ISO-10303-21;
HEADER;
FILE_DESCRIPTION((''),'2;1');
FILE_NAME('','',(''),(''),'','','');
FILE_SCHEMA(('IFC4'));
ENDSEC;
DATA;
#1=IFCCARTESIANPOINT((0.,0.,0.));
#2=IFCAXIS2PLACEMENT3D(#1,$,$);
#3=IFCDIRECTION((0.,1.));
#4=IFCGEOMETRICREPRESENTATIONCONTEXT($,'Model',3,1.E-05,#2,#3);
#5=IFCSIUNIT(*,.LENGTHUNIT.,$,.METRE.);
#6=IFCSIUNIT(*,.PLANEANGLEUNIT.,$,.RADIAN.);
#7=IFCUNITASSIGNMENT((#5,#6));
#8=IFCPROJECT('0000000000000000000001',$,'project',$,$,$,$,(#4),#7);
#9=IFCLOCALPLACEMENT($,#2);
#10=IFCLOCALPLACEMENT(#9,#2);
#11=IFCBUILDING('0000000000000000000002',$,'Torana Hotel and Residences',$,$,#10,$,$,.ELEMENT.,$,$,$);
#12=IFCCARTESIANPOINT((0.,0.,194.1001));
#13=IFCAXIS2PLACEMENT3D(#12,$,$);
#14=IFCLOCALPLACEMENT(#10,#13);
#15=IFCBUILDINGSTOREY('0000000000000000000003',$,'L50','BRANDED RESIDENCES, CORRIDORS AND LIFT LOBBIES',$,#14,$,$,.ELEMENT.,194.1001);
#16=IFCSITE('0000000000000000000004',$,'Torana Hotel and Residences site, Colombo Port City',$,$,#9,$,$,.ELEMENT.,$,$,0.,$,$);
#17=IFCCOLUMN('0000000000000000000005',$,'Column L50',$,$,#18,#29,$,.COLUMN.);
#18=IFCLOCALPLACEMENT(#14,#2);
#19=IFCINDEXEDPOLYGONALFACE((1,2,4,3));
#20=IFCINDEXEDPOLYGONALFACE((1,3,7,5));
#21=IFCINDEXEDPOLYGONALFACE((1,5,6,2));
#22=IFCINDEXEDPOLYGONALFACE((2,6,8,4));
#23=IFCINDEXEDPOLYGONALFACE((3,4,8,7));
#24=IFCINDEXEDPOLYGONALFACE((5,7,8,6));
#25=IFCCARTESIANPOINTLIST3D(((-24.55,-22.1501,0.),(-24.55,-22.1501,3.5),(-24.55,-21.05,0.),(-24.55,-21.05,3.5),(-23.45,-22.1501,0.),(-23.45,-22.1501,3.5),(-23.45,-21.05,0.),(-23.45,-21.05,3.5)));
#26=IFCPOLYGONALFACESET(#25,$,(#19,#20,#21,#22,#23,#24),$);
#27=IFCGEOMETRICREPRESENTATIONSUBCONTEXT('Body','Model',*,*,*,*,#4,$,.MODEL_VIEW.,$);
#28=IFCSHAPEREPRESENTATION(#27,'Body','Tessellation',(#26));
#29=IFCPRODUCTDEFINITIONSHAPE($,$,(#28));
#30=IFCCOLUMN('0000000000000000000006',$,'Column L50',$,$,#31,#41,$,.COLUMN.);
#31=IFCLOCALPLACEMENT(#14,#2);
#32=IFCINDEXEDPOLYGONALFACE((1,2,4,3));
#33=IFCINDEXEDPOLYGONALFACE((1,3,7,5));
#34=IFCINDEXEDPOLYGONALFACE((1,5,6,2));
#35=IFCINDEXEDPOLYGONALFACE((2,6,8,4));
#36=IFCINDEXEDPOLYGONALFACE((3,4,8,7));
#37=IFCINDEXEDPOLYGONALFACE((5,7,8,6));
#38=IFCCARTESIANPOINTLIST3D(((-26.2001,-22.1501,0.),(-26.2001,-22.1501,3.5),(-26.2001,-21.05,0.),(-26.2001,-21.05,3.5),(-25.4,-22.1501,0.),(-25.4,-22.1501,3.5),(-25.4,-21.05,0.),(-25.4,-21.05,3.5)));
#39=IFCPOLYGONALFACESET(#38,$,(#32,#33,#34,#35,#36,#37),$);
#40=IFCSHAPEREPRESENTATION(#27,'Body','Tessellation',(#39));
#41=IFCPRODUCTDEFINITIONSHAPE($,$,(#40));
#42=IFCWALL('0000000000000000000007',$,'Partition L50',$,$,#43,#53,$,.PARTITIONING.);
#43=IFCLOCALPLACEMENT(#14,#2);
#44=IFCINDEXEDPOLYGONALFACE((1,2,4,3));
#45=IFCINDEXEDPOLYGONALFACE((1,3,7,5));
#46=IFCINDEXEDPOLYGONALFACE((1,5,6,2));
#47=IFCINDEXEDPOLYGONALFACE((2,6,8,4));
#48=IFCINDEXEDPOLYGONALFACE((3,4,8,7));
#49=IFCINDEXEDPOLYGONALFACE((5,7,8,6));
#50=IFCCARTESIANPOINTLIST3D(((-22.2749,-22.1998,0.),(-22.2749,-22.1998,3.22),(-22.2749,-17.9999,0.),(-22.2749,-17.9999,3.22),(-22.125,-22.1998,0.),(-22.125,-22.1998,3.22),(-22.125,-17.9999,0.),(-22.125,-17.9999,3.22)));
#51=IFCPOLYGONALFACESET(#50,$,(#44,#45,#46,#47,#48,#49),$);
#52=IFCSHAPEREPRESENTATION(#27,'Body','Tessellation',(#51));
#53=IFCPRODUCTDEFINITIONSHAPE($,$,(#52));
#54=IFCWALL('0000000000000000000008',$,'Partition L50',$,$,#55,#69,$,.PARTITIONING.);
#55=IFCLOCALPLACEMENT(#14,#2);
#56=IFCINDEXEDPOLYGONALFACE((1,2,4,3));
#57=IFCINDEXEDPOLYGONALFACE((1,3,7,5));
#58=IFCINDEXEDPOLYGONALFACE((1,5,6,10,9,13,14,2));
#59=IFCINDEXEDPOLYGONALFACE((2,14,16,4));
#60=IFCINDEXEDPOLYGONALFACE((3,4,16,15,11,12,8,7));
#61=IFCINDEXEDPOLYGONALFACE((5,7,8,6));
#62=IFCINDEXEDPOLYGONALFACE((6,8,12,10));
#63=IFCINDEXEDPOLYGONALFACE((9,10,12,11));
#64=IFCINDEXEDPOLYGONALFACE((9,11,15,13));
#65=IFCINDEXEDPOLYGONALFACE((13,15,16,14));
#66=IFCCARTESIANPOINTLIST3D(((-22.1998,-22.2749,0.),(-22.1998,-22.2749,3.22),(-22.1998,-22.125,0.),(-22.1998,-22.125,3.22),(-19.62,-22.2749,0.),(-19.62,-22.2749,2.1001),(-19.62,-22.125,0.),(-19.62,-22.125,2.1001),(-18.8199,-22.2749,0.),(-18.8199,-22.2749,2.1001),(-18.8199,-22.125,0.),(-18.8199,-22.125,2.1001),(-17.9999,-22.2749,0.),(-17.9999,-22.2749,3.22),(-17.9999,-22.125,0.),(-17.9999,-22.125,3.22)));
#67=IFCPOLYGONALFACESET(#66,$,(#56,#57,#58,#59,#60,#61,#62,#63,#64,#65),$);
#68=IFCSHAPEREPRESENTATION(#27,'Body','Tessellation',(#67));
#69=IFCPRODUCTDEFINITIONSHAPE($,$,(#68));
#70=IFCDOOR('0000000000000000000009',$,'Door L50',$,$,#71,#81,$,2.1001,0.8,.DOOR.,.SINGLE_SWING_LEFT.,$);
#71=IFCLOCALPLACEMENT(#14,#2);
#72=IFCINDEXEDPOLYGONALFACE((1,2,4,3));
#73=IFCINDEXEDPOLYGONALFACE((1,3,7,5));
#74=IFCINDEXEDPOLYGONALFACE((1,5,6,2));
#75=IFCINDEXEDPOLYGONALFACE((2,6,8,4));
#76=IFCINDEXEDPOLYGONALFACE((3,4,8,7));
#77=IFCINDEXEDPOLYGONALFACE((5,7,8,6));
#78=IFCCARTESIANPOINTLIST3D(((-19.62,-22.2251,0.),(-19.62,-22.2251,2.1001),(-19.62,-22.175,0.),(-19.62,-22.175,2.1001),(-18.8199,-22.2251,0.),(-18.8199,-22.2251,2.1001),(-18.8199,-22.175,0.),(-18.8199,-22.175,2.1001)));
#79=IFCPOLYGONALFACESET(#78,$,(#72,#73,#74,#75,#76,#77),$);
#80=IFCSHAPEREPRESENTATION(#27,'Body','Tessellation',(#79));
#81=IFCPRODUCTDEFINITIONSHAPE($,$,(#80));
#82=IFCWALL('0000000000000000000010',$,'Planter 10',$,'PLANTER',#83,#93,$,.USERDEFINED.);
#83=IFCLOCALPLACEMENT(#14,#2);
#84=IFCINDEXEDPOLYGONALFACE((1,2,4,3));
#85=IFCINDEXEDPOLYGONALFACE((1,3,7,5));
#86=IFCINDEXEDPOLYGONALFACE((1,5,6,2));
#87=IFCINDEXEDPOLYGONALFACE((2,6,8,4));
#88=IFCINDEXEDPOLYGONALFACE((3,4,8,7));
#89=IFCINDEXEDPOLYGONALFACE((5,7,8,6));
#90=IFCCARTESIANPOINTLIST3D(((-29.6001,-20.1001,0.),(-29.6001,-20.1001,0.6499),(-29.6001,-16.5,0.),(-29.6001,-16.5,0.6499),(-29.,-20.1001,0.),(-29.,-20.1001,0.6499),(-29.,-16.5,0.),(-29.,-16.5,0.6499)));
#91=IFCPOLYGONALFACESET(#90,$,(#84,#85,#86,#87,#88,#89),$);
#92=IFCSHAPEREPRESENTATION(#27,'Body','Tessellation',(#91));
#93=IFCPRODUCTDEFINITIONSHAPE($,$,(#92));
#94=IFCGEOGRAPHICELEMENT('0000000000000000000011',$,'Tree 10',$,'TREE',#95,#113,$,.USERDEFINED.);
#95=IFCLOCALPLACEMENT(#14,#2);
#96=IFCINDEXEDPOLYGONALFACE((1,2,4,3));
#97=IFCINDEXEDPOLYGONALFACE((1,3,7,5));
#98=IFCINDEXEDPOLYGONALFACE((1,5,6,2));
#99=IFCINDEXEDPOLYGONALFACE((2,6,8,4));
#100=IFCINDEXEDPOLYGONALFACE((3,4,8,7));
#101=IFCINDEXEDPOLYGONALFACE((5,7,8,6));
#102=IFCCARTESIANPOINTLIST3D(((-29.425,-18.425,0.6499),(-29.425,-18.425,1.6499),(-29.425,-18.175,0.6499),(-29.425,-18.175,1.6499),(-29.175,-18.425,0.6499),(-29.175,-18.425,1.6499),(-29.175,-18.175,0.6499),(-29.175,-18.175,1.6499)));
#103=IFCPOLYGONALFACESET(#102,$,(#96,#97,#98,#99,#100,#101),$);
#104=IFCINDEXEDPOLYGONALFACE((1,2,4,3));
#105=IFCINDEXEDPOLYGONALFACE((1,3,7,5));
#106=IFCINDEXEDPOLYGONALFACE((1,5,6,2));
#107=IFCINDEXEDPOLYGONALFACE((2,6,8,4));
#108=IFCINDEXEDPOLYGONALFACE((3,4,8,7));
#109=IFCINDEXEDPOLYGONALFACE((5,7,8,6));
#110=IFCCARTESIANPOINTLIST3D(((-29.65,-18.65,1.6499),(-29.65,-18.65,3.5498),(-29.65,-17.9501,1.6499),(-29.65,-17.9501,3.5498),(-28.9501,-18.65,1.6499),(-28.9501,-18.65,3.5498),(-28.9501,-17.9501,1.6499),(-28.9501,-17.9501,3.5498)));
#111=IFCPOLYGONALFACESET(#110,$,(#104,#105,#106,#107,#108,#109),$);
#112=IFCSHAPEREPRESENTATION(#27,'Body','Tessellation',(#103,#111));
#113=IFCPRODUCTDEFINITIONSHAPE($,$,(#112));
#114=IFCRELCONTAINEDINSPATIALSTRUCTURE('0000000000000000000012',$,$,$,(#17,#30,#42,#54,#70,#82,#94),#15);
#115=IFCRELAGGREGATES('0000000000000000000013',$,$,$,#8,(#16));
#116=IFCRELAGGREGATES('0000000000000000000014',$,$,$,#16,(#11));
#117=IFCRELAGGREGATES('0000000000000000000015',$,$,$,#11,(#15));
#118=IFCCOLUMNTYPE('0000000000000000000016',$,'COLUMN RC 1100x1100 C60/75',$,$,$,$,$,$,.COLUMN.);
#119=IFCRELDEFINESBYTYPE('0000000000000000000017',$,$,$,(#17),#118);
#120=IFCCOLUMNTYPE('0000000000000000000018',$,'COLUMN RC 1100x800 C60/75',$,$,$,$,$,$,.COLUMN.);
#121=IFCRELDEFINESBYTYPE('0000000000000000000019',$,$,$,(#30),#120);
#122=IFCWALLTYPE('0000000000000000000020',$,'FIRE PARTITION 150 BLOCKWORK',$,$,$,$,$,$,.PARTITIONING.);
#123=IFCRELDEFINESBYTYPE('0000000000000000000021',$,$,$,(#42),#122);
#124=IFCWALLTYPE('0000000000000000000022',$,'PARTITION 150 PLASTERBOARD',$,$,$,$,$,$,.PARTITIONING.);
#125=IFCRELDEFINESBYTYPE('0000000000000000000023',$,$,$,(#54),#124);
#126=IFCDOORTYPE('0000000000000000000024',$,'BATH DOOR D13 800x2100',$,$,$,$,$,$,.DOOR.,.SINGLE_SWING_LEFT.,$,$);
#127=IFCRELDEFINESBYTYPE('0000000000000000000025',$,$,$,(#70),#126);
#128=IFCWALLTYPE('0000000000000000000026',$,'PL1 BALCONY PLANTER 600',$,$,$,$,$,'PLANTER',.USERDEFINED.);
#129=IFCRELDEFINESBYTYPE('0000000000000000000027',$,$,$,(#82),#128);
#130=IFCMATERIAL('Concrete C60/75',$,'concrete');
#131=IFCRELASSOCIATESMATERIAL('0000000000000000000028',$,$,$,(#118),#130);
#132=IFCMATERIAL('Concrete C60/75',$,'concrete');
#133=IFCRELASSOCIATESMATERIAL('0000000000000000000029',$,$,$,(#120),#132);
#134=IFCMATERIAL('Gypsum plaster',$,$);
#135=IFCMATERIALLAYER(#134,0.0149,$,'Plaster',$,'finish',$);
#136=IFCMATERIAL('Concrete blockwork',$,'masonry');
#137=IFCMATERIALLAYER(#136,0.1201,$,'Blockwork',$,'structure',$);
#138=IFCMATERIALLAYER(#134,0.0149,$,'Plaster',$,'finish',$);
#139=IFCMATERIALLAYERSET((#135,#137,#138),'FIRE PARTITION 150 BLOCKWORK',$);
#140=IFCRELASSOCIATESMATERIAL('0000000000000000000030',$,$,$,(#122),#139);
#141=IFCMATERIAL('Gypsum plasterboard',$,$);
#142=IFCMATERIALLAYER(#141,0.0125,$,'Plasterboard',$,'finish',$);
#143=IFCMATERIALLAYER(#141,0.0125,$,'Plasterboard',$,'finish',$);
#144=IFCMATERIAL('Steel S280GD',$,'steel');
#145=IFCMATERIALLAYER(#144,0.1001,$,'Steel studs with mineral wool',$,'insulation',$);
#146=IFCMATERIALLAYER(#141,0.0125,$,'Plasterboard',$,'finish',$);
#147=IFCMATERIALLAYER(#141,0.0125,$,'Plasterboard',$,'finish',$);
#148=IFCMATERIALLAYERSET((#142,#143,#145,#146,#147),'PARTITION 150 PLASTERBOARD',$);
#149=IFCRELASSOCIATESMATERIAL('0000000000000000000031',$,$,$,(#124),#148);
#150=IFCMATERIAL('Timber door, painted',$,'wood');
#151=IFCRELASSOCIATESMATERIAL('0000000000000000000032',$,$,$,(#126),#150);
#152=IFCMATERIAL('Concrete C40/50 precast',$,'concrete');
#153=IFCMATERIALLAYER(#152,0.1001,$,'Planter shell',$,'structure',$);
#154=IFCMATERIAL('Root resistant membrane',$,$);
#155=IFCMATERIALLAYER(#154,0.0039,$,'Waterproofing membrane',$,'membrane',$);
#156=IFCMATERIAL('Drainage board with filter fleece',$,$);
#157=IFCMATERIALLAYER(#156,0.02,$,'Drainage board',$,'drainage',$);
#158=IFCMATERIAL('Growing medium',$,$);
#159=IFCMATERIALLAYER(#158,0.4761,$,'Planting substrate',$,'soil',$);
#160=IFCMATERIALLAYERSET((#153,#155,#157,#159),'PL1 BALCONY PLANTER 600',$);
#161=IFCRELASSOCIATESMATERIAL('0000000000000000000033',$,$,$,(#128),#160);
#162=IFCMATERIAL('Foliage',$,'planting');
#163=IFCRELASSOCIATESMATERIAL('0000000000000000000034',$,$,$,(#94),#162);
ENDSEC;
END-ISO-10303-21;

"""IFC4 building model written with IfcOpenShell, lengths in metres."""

from ifc_helpers import new_model, si_unit, direction, frame, frame_2d, origin, origin_2d, place, context, subcontext, project, spatial, rectangle, extrude, material, layer, layer_set, material_profile, profile_set, type_object, element, fill, save


model = new_model("IFC4")

# Units and contexts
model_context = context("Model", 3, precision=1e-05, world=origin(), true_north=direction((0.0, 1.0)))
body_context = subcontext(model_context, "Body", "Model", "MODEL_VIEW")
ifc_project = project(units=[si_unit("LENGTHUNIT", "METRE"), si_unit("PLANEANGLEUNIT", "RADIAN")], contexts=[model_context])

# Site, building, storey
site_placement = place(None, origin())
site = spatial("IfcSite", under=ifc_project, at=site_placement, Name="Torana Hotel and Residences site, Colombo Port City", CompositionType="ELEMENT", RefElevation=0.0)
building_placement = place(site_placement, origin())
building = spatial("IfcBuilding", under=site, at=building_placement, Name="Torana Hotel and Residences", CompositionType="ELEMENT")
storey_placement = place(building_placement, frame((0.0, 0.0, 194.1001)))
storey = spatial("IfcBuildingStorey", under=building, at=storey_placement, Name="L50", Description="BRANDED RESIDENCES, CORRIDORS AND LIFT LOBBIES", CompositionType="ELEMENT", Elevation=194.1001)

# Columns
ifc_material_1 = material(Name="Concrete C60/75", Category="concrete")
ifc_material_profile_1 = material_profile(ifc_material_1, rectangle(XDim=1.1001, YDim=1.1001, at=origin_2d()), Name="RC 1100x1100")
ifc_profile_set_1 = profile_set([ifc_material_profile_1], Name="Concrete C60/75")
column_type_1 = type_object("IfcColumnType", Name="COLUMN RC 1100x1100 C60/75", PredefinedType="COLUMN", material=ifc_profile_set_1)
column_1_placement = place(storey_placement, frame((-24.0, -21.6001, 0.0), z_axis=(0.0, 0.0, 1.0), x_axis=(1.0, 0.0, 0.0)))
element("IfcColumn", 1, at=column_1_placement, inside=storey, type_object=column_type_1, Name="Column L50", PredefinedType="COLUMN", context=body_context, shape_type="SweptSolid", body=[
    extrude(rectangle(XDim=1.1001, YDim=1.1001, at=origin_2d()), origin(), (0.0, 0.0, 1.0), 3.5),
])
ifc_material_2 = material(Name="Concrete C60/75", Category="concrete")
ifc_material_profile_2 = material_profile(ifc_material_2, rectangle(XDim=1.1001, YDim=0.8, at=origin_2d()), Name="RC 1100x800")
ifc_profile_set_2 = profile_set([ifc_material_profile_2], Name="Concrete C60/75")
column_type_2 = type_object("IfcColumnType", Name="COLUMN RC 1100x800 C60/75", PredefinedType="COLUMN", material=ifc_profile_set_2)
column_2_placement = place(storey_placement, frame((-25.8, -21.6001, 0.0), z_axis=(0.0, 0.0, 1.0), x_axis=(0.0, 1.0, 0.0)))
element("IfcColumn", 2, at=column_2_placement, inside=storey, type_object=column_type_2, Name="Column L50", PredefinedType="COLUMN", context=body_context, shape_type="SweptSolid", body=[
    extrude(rectangle(XDim=1.1001, YDim=0.8, at=origin_2d()), origin(), (0.0, 0.0, 1.0), 3.5),
])

# Wall
ifc_material_3 = material(Name="Gypsum plaster")
ifc_layer_1 = layer(ifc_material_3, 0.0149, Name="Plaster", Category="finish")
ifc_material_4 = material(Name="Concrete blockwork", Category="masonry")
ifc_layer_2 = layer(ifc_material_4, 0.1201, Name="Blockwork", Category="structure")
ifc_layer_3 = layer(ifc_material_3, 0.0149, Name="Plaster", Category="finish")
ifc_layer_set_1 = layer_set([ifc_layer_1, ifc_layer_2, ifc_layer_3], Name="FIRE PARTITION 150 BLOCKWORK")
wall_type_1 = type_object("IfcWallType", Name="FIRE PARTITION 150 BLOCKWORK", PredefinedType="PARTITIONING", material=ifc_layer_set_1)
wall_1_placement = place(storey_placement, frame((-22.2, -22.2, 0.0), z_axis=(0.0, 0.0, 1.0), x_axis=(0.0, 1.0, 0.0)))
element("IfcWall", 3, at=wall_1_placement, inside=storey, type_object=wall_type_1, Name="Partition L50", PredefinedType="PARTITIONING", context=body_context, shape_type="SweptSolid", body=[
    extrude(rectangle(XDim=4.2, YDim=0.1499, at=frame_2d((2.1001, 0.0))), origin(), (0.0, 0.0, 1.0), 3.22),
])

# Wall, opening, door
ifc_material_5 = material(Name="Gypsum plasterboard")
ifc_layer_4 = layer(ifc_material_5, 0.0125, Name="Plasterboard", Category="finish")
ifc_layer_5 = layer(ifc_material_5, 0.0125, Name="Plasterboard", Category="finish")
ifc_material_6 = material(Name="Steel S280GD", Category="steel")
ifc_layer_6 = layer(ifc_material_6, 0.1001, Name="Steel studs with mineral wool", Category="insulation")
ifc_layer_7 = layer(ifc_material_5, 0.0125, Name="Plasterboard", Category="finish")
ifc_layer_8 = layer(ifc_material_5, 0.0125, Name="Plasterboard", Category="finish")
ifc_layer_set_2 = layer_set([ifc_layer_4, ifc_layer_5, ifc_layer_6, ifc_layer_7, ifc_layer_8], Name="PARTITION 150 PLASTERBOARD")
wall_type_2 = type_object("IfcWallType", Name="PARTITION 150 PLASTERBOARD", PredefinedType="PARTITIONING", material=ifc_layer_set_2)
wall_2_placement = place(storey_placement, frame((-22.2, -22.2, 0.0), z_axis=(0.0, 0.0, 1.0), x_axis=(1.0, 0.0, 0.0)))
wall_2 = element("IfcWall", 4, at=wall_2_placement, inside=storey, type_object=wall_type_2, Name="Partition L50", PredefinedType="PARTITIONING", context=body_context, shape_type="SweptSolid", body=[
    extrude(rectangle(XDim=4.2, YDim=0.1499, at=frame_2d((2.1001, 0.0))), origin(), (0.0, 0.0, 1.0), 3.22),
])
opening_placement = place(wall_2_placement, frame((2.5801, 0.0, 0.0)))
opening = element("IfcOpeningElement", 5, at=opening_placement, cuts=wall_2, PredefinedType="OPENING", context=body_context, shape_type="SweptSolid", body=[
    extrude(rectangle(XDim=0.8, YDim=2.1001, at=frame_2d((0.3999, 1.05))), frame((0.0, 0.085, 0.0), z_axis=(0.0, -1.0, 0.0), x_axis=(1.0, 0.0, 0.0)), (0.0, 0.0, 1.0), 0.1699),
])
ifc_material_7 = material(Name="Timber door, painted", Category="wood")
door_type = type_object("IfcDoorType", Name="BATH DOOR D13 800x2100", OperationType="SINGLE_SWING_LEFT", PredefinedType="DOOR", material=ifc_material_7)
door_placement = place(opening_placement, origin())
door = element("IfcDoor", 6, at=door_placement, inside=storey, type_object=door_type, Name="Door L50", OperationType="SINGLE_SWING_LEFT", OverallHeight=2.1001, OverallWidth=0.8, PredefinedType="DOOR", context=body_context, shape_type="SweptSolid", body=[
    extrude(rectangle(XDim=0.8, YDim=2.1001, at=frame_2d((0.3999, 1.05))), frame((0.0, 0.0249, 0.0), z_axis=(0.0, -1.0, 0.0), x_axis=(1.0, 0.0, 0.0)), (0.0, 0.0, 1.0), 0.05),
])
fill(opening, door)

# Wall
ifc_material_8 = material(Name="Concrete C40/50 precast", Category="concrete")
ifc_layer_9 = layer(ifc_material_8, 0.1001, Name="Planter shell", Category="structure")
ifc_material_9 = material(Name="Root resistant membrane")
ifc_layer_10 = layer(ifc_material_9, 0.0039, Name="Waterproofing membrane", Category="membrane")
ifc_material_10 = material(Name="Drainage board with filter fleece")
ifc_layer_11 = layer(ifc_material_10, 0.02, Name="Drainage board", Category="drainage")
ifc_material_11 = material(Name="Growing medium")
ifc_layer_12 = layer(ifc_material_11, 0.4761, Name="Planting substrate", Category="soil")
ifc_layer_set_3 = layer_set([ifc_layer_9, ifc_layer_10, ifc_layer_11, ifc_layer_12], Name="PL1 BALCONY PLANTER 600")
wall_type_3 = type_object("IfcWallType", Name="PL1 BALCONY PLANTER 600", ElementType="PLANTER", PredefinedType="USERDEFINED", material=ifc_layer_set_3)
wall_3_placement = place(storey_placement, frame((-29.3, -20.1001, 0.0), z_axis=(0.0, 0.0, 1.0), x_axis=(0.0, 1.0, 0.0)))
element("IfcWall", 7, at=wall_3_placement, inside=storey, type_object=wall_type_3, Name="Planter 10", ObjectType="PLANTER", PredefinedType="USERDEFINED", context=body_context, shape_type="SweptSolid", body=[
    extrude(rectangle(XDim=3.6001, YDim=0.6001, at=frame_2d((1.8, 0.0))), origin(), (0.0, 0.0, 1.0), 0.6499),
])

# Geographic element
ifc_material_12 = material(Name="Foliage", Category="planting")
geographic_element_placement = place(storey_placement, frame((-29.3, -18.3, 0.6499), z_axis=(0.0, 0.0, 1.0), x_axis=(1.0, 0.0, 0.0)))
element("IfcGeographicElement", 8, at=geographic_element_placement, inside=storey, material=ifc_material_12, Name="Tree 10", ObjectType="TREE", PredefinedType="USERDEFINED", context=body_context, shape_type="SweptSolid", body=[
    extrude(rectangle(XDim=0.25, YDim=0.25, at=origin_2d()), origin(), (0.0, 0.0, 1.0), 1.0),
    extrude(rectangle(XDim=0.7, YDim=0.7, at=origin_2d()), frame((0.0, 0.0, 1.0)), (0.0, 0.0, 1.0), 1.8999),
])

save(model, "model.ifc")
